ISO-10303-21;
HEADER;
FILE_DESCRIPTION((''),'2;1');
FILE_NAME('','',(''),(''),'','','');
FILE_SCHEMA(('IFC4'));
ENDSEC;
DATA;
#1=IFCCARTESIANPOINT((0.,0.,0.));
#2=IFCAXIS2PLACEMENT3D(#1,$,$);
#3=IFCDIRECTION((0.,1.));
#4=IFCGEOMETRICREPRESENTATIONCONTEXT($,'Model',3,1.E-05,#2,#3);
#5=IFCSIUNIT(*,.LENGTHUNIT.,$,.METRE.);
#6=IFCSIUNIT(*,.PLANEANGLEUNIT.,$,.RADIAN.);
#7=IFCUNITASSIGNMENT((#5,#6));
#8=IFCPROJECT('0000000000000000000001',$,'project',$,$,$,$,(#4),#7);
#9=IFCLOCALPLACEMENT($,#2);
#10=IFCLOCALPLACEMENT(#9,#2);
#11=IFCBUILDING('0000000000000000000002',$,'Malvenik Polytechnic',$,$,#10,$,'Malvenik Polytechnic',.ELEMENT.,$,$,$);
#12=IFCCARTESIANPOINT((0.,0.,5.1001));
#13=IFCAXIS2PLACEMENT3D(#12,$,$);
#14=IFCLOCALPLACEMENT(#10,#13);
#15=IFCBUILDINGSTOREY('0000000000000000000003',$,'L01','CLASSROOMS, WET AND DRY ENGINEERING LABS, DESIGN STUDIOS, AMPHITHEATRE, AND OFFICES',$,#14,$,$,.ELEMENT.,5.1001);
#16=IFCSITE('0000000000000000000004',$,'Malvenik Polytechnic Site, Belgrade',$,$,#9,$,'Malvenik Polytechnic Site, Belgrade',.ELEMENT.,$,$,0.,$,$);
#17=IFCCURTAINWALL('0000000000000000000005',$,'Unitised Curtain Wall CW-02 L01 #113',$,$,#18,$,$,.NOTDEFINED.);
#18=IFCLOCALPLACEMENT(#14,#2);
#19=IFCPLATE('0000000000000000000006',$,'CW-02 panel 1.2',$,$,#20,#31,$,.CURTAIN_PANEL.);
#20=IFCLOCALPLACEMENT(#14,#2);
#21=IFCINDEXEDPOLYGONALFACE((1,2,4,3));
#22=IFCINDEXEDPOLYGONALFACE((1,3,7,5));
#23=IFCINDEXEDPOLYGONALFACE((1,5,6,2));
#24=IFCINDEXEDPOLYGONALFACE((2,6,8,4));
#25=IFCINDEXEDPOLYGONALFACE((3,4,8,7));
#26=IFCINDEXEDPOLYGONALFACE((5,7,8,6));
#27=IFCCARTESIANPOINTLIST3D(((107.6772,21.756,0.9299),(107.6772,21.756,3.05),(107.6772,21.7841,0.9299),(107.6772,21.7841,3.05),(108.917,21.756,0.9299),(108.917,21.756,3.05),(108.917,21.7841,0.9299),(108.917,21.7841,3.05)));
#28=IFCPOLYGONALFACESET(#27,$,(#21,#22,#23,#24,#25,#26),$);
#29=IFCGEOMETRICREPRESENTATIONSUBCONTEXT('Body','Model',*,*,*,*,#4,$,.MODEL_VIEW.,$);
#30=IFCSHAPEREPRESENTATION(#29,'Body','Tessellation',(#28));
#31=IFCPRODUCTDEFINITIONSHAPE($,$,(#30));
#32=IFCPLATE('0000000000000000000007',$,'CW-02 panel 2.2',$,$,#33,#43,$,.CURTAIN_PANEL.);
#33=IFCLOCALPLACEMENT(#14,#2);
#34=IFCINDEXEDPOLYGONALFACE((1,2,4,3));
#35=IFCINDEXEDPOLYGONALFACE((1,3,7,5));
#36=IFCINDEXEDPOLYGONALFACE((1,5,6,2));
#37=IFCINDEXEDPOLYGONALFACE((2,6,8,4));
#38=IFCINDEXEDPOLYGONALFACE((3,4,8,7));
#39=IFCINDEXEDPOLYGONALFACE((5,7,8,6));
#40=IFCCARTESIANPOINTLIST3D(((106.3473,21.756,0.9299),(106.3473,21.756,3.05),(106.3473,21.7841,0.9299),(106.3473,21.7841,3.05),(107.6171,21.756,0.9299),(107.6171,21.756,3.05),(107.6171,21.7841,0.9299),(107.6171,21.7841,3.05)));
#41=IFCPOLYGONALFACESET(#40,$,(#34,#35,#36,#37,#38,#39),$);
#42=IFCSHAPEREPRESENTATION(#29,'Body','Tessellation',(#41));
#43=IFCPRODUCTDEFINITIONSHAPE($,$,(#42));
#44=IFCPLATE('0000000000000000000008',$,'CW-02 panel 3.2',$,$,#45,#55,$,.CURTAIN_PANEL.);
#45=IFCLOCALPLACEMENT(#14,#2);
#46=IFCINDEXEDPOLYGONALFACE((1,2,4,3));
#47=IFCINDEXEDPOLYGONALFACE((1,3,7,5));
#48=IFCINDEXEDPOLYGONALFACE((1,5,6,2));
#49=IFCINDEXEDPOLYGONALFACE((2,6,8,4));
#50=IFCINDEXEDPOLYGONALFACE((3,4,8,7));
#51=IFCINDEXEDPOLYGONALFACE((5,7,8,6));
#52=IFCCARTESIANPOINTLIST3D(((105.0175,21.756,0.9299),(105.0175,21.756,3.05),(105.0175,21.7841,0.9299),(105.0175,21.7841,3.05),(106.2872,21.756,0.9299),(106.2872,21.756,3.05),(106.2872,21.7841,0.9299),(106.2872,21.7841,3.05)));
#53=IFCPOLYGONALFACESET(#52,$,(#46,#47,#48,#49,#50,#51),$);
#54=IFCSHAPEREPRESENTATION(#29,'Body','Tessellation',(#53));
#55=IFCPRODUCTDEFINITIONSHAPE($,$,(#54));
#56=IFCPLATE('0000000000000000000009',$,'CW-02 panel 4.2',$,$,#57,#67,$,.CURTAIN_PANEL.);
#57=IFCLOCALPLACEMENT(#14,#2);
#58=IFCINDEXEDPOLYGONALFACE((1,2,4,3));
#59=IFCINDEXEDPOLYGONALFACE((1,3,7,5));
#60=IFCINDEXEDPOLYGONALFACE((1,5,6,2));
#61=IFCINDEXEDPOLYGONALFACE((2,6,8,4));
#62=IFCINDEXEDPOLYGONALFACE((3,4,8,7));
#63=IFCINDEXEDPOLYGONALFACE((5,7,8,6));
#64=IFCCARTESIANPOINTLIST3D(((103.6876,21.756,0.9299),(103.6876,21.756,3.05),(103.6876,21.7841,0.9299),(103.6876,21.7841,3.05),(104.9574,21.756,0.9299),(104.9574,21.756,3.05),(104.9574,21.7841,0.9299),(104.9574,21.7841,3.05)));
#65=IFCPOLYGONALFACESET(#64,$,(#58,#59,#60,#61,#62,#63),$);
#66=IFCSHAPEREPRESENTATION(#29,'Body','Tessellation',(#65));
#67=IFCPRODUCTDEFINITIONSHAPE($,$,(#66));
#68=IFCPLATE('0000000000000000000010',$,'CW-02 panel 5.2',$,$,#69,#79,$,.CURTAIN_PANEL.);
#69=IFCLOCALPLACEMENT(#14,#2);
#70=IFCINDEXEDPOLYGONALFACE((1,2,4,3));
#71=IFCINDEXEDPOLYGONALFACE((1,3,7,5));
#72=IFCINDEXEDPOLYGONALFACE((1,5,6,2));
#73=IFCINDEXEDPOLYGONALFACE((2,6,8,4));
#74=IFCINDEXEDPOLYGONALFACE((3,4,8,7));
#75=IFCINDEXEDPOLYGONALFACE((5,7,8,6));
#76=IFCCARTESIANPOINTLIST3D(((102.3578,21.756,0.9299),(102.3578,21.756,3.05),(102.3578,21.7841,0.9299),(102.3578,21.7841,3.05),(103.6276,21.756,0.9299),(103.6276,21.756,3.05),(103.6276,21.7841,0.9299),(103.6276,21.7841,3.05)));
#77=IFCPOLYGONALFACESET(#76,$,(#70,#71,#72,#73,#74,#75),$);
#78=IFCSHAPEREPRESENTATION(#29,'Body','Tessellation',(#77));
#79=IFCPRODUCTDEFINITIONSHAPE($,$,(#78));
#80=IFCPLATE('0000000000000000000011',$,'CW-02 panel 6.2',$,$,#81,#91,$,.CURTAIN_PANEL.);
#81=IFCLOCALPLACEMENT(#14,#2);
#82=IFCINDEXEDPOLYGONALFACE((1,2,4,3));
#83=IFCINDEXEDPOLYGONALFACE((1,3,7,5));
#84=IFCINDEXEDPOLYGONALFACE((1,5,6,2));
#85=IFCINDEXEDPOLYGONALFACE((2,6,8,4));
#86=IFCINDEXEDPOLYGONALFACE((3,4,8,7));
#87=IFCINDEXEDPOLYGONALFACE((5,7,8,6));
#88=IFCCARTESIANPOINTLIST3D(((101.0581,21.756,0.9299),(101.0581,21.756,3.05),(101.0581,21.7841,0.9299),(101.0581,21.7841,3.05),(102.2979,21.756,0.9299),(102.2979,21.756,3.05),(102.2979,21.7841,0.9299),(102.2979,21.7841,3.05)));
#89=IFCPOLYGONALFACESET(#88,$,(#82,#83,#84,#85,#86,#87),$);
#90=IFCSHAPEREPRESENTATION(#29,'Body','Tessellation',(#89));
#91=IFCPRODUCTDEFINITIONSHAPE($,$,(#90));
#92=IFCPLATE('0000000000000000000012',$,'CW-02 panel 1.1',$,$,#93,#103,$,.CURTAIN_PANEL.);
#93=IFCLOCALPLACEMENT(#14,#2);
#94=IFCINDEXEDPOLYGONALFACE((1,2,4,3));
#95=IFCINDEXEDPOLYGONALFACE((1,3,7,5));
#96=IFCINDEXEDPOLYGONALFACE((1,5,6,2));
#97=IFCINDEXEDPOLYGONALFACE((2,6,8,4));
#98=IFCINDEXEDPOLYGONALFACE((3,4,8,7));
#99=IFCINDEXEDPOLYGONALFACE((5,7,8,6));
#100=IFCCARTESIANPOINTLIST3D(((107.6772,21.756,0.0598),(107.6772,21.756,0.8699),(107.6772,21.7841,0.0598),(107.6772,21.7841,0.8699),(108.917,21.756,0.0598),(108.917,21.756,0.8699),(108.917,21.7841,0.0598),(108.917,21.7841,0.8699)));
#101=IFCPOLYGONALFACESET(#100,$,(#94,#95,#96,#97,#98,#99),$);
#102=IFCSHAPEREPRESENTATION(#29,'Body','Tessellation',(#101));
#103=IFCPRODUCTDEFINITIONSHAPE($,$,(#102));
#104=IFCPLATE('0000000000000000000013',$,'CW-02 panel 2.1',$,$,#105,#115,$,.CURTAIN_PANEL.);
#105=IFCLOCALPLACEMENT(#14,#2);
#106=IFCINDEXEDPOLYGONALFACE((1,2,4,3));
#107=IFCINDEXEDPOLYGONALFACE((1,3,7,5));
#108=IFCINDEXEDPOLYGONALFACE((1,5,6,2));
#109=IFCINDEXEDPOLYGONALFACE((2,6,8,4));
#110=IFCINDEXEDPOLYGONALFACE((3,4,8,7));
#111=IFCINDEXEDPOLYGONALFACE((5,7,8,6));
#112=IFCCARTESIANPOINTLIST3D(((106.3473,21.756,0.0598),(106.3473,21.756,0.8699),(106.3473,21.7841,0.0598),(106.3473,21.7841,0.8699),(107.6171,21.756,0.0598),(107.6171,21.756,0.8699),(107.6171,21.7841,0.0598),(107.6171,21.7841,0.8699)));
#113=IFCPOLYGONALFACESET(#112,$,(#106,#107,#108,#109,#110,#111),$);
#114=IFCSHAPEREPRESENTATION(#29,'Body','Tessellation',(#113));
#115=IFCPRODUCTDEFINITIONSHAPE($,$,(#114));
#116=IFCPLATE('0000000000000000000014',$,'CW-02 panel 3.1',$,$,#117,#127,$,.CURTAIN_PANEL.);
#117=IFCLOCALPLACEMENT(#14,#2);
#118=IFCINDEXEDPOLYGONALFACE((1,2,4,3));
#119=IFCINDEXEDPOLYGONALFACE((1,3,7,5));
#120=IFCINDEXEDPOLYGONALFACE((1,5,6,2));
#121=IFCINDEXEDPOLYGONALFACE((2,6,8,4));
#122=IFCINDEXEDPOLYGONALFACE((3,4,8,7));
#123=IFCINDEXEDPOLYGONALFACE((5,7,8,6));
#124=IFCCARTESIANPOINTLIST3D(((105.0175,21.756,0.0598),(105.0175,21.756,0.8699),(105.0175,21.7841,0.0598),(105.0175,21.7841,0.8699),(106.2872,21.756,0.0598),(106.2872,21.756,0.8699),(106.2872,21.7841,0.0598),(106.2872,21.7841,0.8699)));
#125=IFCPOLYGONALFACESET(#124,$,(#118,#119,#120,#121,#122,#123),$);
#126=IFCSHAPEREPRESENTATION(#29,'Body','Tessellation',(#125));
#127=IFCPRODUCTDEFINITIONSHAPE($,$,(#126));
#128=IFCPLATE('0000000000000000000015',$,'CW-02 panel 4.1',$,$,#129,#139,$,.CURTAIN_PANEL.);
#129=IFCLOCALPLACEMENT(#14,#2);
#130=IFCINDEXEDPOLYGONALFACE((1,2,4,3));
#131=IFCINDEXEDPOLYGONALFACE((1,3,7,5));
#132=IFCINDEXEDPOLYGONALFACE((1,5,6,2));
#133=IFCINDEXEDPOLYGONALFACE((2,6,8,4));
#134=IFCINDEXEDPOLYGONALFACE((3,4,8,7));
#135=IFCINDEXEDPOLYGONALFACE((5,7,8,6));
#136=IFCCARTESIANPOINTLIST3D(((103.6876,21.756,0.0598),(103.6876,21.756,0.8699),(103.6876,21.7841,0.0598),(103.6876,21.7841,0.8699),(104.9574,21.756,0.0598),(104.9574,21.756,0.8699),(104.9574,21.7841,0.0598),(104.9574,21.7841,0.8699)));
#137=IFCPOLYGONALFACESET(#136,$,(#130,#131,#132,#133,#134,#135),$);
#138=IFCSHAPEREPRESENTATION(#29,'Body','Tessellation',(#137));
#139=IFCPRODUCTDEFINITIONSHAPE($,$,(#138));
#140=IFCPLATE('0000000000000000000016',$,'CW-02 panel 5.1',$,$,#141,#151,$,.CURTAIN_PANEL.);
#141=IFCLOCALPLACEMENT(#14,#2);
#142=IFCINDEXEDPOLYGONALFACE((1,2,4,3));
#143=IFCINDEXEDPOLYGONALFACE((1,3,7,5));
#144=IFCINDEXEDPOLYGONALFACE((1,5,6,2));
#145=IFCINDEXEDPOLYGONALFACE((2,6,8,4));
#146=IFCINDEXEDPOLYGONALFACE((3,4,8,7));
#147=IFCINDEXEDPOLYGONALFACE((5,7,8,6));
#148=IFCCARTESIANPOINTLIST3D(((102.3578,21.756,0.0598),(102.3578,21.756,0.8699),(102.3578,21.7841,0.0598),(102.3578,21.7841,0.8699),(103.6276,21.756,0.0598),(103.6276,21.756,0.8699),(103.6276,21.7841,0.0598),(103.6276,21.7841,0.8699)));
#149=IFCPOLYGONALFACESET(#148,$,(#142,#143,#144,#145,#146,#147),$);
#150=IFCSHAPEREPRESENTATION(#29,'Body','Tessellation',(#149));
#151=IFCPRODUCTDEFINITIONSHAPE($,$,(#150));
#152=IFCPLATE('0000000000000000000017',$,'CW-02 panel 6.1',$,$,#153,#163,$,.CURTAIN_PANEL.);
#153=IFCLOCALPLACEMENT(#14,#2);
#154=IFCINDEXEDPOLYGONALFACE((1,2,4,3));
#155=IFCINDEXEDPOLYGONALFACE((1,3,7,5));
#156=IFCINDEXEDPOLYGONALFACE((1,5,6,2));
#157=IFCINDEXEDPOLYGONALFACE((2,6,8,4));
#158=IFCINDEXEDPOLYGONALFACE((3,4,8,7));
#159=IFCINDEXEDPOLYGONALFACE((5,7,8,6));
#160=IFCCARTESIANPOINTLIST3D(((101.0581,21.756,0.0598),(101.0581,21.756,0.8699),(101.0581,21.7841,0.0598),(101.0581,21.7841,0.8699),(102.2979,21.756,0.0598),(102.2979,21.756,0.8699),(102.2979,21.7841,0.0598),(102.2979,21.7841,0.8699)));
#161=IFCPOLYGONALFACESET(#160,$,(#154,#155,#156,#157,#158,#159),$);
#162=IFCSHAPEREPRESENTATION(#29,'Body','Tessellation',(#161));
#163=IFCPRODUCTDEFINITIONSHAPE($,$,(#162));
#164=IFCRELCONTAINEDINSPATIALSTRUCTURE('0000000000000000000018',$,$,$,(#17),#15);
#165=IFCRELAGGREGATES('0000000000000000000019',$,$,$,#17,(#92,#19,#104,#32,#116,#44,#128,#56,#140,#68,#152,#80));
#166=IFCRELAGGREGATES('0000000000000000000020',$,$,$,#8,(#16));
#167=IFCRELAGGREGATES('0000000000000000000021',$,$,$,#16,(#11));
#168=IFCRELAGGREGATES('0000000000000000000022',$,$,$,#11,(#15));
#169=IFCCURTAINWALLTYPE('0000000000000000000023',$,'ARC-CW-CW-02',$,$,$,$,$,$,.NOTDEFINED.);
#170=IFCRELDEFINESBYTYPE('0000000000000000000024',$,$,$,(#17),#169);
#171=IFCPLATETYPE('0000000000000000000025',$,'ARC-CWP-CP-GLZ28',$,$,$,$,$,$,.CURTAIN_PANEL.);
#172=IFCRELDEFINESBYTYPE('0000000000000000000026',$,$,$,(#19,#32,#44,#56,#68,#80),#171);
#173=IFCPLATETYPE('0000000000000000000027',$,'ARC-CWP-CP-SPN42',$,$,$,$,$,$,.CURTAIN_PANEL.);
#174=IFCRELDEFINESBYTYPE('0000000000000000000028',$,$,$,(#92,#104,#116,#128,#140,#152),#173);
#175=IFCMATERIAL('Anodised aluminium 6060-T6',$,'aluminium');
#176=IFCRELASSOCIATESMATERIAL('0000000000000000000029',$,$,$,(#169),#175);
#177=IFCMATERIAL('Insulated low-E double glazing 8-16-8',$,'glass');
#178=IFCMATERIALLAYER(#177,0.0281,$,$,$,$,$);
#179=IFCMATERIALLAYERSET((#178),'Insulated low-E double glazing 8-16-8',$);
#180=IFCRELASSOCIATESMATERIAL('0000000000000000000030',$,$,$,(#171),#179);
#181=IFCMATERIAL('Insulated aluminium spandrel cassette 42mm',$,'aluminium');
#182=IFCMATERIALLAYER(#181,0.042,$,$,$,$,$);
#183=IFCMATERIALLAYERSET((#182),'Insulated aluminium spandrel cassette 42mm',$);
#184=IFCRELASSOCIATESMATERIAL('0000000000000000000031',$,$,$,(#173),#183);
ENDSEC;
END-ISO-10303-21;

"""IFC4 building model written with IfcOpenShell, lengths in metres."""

from ifc_helpers import new_model, si_unit, direction, frame, origin, origin_2d, place, context, subcontext, project, spatial, rectangle, extrude, material, layer, layer_set, type_object, element, aggregate, save


model = new_model("IFC4")

# Units and contexts
model_context = context("Model", 3, precision=1e-05, world=origin(), true_north=direction((0.0, 1.0)))
body_context = subcontext(model_context, "Body", "Model", "MODEL_VIEW")
ifc_project = project(units=[si_unit("LENGTHUNIT", "METRE"), si_unit("PLANEANGLEUNIT", "RADIAN")], contexts=[model_context])

# Site, building, storey
site_placement = place(None, origin())
site = spatial("IfcSite", under=ifc_project, at=site_placement, Name="Malvenik Polytechnic Site, Belgrade", LongName="Malvenik Polytechnic Site, Belgrade", CompositionType="ELEMENT", RefElevation=0.0)
building_placement = place(site_placement, origin())
building = spatial("IfcBuilding", under=site, at=building_placement, Name="Malvenik Polytechnic", LongName="Malvenik Polytechnic", CompositionType="ELEMENT")
storey_placement = place(building_placement, frame((0.0, 0.0, 5.1001)))
storey = spatial("IfcBuildingStorey", under=building, at=storey_placement, Name="L01", Description="CLASSROOMS, WET AND DRY ENGINEERING LABS, DESIGN STUDIOS, AMPHITHEATRE, AND OFFICES", CompositionType="ELEMENT", Elevation=5.1001)

# Curtain wall
ifc_material_1 = material(Name="Anodised aluminium 6060-T6", Category="aluminium")
curtain_wall_type = type_object("IfcCurtainWallType", Name="ARC-CW-CW-02", PredefinedType="NOTDEFINED", material=ifc_material_1)
curtain_wall_placement = place(storey_placement, origin())
curtain_wall = element("IfcCurtainWall", 1, at=curtain_wall_placement, inside=storey, type_object=curtain_wall_type, Name="Unitised Curtain Wall CW-02 L01 #113", PredefinedType="NOTDEFINED")

# Plates
ifc_material_2 = material(Name="Insulated low-E double glazing 8-16-8", Category="glass")
ifc_layer_1 = layer(ifc_material_2, 0.0281)
ifc_layer_set_1 = layer_set([ifc_layer_1], Name="Insulated low-E double glazing 8-16-8")
plate_type_1 = type_object("IfcPlateType", Name="ARC-CWP-CP-GLZ28", PredefinedType="CURTAIN_PANEL", material=ifc_layer_set_1)
plate_1_placement = place(storey_placement, frame((108.2971, 21.77, 0.9299), z_axis=(0.0, 0.0, 1.0), x_axis=(-1.0, 0.0, 0.0)))
plate_1 = element("IfcPlate", 2, at=plate_1_placement, type_object=plate_type_1, Name="CW-02 panel 1.2", PredefinedType="CURTAIN_PANEL", context=body_context, shape_type="SweptSolid", body=[
    extrude(rectangle(XDim=1.2397, YDim=0.0281, at=origin_2d()), origin(), (0.0, 0.0, 1.0), 2.1201),
])
plate_2_placement = place(storey_placement, frame((106.9822, 21.77, 0.9299), z_axis=(0.0, 0.0, 1.0), x_axis=(-1.0, 0.0, 0.0)))
plate_2 = element("IfcPlate", 3, at=plate_2_placement, type_object=plate_type_1, Name="CW-02 panel 2.2", PredefinedType="CURTAIN_PANEL", context=body_context, shape_type="SweptSolid", body=[
    extrude(rectangle(XDim=1.2698, YDim=0.0281, at=origin_2d()), origin(), (0.0, 0.0, 1.0), 2.1201),
])
plate_3_placement = place(storey_placement, frame((105.6523, 21.77, 0.9299), z_axis=(0.0, 0.0, 1.0), x_axis=(-1.0, 0.0, 0.0)))
plate_3 = element("IfcPlate", 4, at=plate_3_placement, type_object=plate_type_1, Name="CW-02 panel 3.2", PredefinedType="CURTAIN_PANEL", context=body_context, shape_type="SweptSolid", body=[
    extrude(rectangle(XDim=1.2698, YDim=0.0281, at=origin_2d()), origin(), (0.0, 0.0, 1.0), 2.1201),
])
plate_4_placement = place(storey_placement, frame((104.3225, 21.77, 0.9299), z_axis=(0.0, 0.0, 1.0), x_axis=(-1.0, 0.0, 0.0)))
plate_4 = element("IfcPlate", 5, at=plate_4_placement, type_object=plate_type_1, Name="CW-02 panel 4.2", PredefinedType="CURTAIN_PANEL", context=body_context, shape_type="SweptSolid", body=[
    extrude(rectangle(XDim=1.2698, YDim=0.0281, at=origin_2d()), origin(), (0.0, 0.0, 1.0), 2.1201),
])
plate_5_placement = place(storey_placement, frame((102.9927, 21.77, 0.9299), z_axis=(0.0, 0.0, 1.0), x_axis=(-1.0, 0.0, 0.0)))
plate_5 = element("IfcPlate", 6, at=plate_5_placement, type_object=plate_type_1, Name="CW-02 panel 5.2", PredefinedType="CURTAIN_PANEL", context=body_context, shape_type="SweptSolid", body=[
    extrude(rectangle(XDim=1.2698, YDim=0.0281, at=origin_2d()), origin(), (0.0, 0.0, 1.0), 2.1201),
])
plate_6_placement = place(storey_placement, frame((101.678, 21.77, 0.9299), z_axis=(0.0, 0.0, 1.0), x_axis=(-1.0, 0.0, 0.0)))
plate_6 = element("IfcPlate", 7, at=plate_6_placement, type_object=plate_type_1, Name="CW-02 panel 6.2", PredefinedType="CURTAIN_PANEL", context=body_context, shape_type="SweptSolid", body=[
    extrude(rectangle(XDim=1.2397, YDim=0.0281, at=origin_2d()), origin(), (0.0, 0.0, 1.0), 2.1201),
])
ifc_material_3 = material(Name="Insulated aluminium spandrel cassette 42mm", Category="aluminium")
ifc_layer_2 = layer(ifc_material_3, 0.042)
ifc_layer_set_2 = layer_set([ifc_layer_2], Name="Insulated aluminium spandrel cassette 42mm")
plate_type_2 = type_object("IfcPlateType", Name="ARC-CWP-CP-SPN42", PredefinedType="CURTAIN_PANEL", material=ifc_layer_set_2)
plate_7_placement = place(storey_placement, frame((108.2971, 21.77, 0.0598), z_axis=(0.0, 0.0, 1.0), x_axis=(-1.0, 0.0, 0.0)))
plate_7 = element("IfcPlate", 8, at=plate_7_placement, type_object=plate_type_2, Name="CW-02 panel 1.1", PredefinedType="CURTAIN_PANEL", context=body_context, shape_type="SweptSolid", body=[
    extrude(rectangle(XDim=1.2397, YDim=0.0281, at=origin_2d()), origin(), (0.0, 0.0, 1.0), 0.8101),
])
plate_8_placement = place(storey_placement, frame((106.9822, 21.77, 0.0598), z_axis=(0.0, 0.0, 1.0), x_axis=(-1.0, 0.0, 0.0)))
plate_8 = element("IfcPlate", 9, at=plate_8_placement, type_object=plate_type_2, Name="CW-02 panel 2.1", PredefinedType="CURTAIN_PANEL", context=body_context, shape_type="SweptSolid", body=[
    extrude(rectangle(XDim=1.2698, YDim=0.0281, at=origin_2d()), origin(), (0.0, 0.0, 1.0), 0.8101),
])
plate_9_placement = place(storey_placement, frame((105.6523, 21.77, 0.0598), z_axis=(0.0, 0.0, 1.0), x_axis=(-1.0, 0.0, 0.0)))
plate_9 = element("IfcPlate", 10, at=plate_9_placement, type_object=plate_type_2, Name="CW-02 panel 3.1", PredefinedType="CURTAIN_PANEL", context=body_context, shape_type="SweptSolid", body=[
    extrude(rectangle(XDim=1.2698, YDim=0.0281, at=origin_2d()), origin(), (0.0, 0.0, 1.0), 0.8101),
])
plate_10_placement = place(storey_placement, frame((104.3225, 21.77, 0.0598), z_axis=(0.0, 0.0, 1.0), x_axis=(-1.0, 0.0, 0.0)))
plate_10 = element("IfcPlate", 11, at=plate_10_placement, type_object=plate_type_2, Name="CW-02 panel 4.1", PredefinedType="CURTAIN_PANEL", context=body_context, shape_type="SweptSolid", body=[
    extrude(rectangle(XDim=1.2698, YDim=0.0281, at=origin_2d()), origin(), (0.0, 0.0, 1.0), 0.8101),
])
plate_11_placement = place(storey_placement, frame((102.9927, 21.77, 0.0598), z_axis=(0.0, 0.0, 1.0), x_axis=(-1.0, 0.0, 0.0)))
plate_11 = element("IfcPlate", 12, at=plate_11_placement, type_object=plate_type_2, Name="CW-02 panel 5.1", PredefinedType="CURTAIN_PANEL", context=body_context, shape_type="SweptSolid", body=[
    extrude(rectangle(XDim=1.2698, YDim=0.0281, at=origin_2d()), origin(), (0.0, 0.0, 1.0), 0.8101),
])
plate_12_placement = place(storey_placement, frame((101.678, 21.77, 0.0598), z_axis=(0.0, 0.0, 1.0), x_axis=(-1.0, 0.0, 0.0)))
plate_12 = element("IfcPlate", 13, at=plate_12_placement, type_object=plate_type_2, Name="CW-02 panel 6.1", PredefinedType="CURTAIN_PANEL", context=body_context, shape_type="SweptSolid", body=[
    extrude(rectangle(XDim=1.2397, YDim=0.0281, at=origin_2d()), origin(), (0.0, 0.0, 1.0), 0.8101),
])
aggregate(curtain_wall, [plate_7, plate_1, plate_8, plate_2, plate_9, plate_3, plate_10, plate_4, plate_11, plate_5, plate_12, plate_6])

save(model, "model.ifc")
